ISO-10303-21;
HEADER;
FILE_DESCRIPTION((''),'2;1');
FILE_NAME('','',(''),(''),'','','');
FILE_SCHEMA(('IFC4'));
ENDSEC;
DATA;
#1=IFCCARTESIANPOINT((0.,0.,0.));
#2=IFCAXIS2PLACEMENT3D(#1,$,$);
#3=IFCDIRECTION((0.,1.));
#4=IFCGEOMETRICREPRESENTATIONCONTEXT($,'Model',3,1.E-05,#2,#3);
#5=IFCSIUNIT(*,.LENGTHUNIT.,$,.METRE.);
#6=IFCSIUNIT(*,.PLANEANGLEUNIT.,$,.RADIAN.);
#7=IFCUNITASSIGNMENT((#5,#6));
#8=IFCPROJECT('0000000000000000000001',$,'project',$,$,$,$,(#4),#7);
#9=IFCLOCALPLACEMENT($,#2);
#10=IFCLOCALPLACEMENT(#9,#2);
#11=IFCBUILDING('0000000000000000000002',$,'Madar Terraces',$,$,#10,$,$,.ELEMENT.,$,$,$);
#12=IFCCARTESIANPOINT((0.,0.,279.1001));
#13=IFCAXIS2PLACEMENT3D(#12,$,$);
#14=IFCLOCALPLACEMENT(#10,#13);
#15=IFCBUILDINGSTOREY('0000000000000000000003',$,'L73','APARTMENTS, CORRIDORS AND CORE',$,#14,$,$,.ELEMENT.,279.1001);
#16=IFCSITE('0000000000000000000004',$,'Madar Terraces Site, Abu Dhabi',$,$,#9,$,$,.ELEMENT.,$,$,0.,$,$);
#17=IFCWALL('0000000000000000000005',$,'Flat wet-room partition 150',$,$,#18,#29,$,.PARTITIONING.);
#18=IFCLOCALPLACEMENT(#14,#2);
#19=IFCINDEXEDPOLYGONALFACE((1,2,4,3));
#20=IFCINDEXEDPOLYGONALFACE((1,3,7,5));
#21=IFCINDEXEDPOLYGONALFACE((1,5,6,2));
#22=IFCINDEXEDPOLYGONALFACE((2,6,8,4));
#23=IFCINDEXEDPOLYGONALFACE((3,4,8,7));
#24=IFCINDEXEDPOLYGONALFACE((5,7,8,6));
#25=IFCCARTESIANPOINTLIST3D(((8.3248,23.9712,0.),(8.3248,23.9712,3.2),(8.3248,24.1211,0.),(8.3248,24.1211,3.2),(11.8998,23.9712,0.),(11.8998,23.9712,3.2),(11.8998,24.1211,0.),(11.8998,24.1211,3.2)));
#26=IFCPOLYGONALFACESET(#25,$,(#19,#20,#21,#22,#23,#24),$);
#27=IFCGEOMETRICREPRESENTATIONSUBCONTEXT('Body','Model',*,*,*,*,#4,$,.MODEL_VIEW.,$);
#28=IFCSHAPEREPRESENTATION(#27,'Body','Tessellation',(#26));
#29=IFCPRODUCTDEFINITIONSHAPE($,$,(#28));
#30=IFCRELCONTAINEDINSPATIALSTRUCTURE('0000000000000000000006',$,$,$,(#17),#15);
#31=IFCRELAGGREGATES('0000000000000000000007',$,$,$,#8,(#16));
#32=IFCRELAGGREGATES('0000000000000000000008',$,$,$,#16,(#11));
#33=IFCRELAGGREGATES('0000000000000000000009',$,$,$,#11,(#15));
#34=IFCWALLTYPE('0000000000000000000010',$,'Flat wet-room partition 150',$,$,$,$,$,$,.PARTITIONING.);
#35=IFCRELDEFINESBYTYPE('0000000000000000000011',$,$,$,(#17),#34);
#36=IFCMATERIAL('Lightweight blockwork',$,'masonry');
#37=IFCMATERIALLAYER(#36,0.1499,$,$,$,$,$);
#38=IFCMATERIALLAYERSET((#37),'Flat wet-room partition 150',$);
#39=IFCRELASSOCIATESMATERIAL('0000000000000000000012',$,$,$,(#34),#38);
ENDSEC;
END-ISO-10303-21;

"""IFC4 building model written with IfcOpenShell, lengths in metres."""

from ifc_helpers import new_model, si_unit, direction, frame, frame_2d, origin, place, context, subcontext, project, spatial, rectangle, extrude, material, layer, layer_set, type_object, element, save


model = new_model("IFC4")

# Units and contexts
model_context = context("Model", 3, precision=1e-05, world=origin(), true_north=direction((0.0, 1.0)))
body_context = subcontext(model_context, "Body", "Model", "MODEL_VIEW")
ifc_project = project(units=[si_unit("LENGTHUNIT", "METRE"), si_unit("PLANEANGLEUNIT", "RADIAN")], contexts=[model_context])

# Site, building, storey
site_placement = place(None, origin())
site = spatial("IfcSite", under=ifc_project, at=site_placement, Name="Madar Terraces Site, Abu Dhabi", CompositionType="ELEMENT", RefElevation=0.0)
building_placement = place(site_placement, origin())
building = spatial("IfcBuilding", under=site, at=building_placement, Name="Madar Terraces", CompositionType="ELEMENT")
storey_placement = place(building_placement, frame((0.0, 0.0, 279.1001)))
storey = spatial("IfcBuildingStorey", under=building, at=storey_placement, Name="L73", Description="APARTMENTS, CORRIDORS AND CORE", CompositionType="ELEMENT", Elevation=279.1001)

# Wall
ifc_material_1 = material(Name="Lightweight blockwork", Category="masonry")
ifc_layer_1 = layer(ifc_material_1, 0.1499)
ifc_layer_set_1 = layer_set([ifc_layer_1], Name="Flat wet-room partition 150")
wall_type_1 = type_object("IfcWallType", Name="Flat wet-room partition 150", PredefinedType="PARTITIONING", material=ifc_layer_set_1)
wall_1_placement = place(storey_placement, frame((11.8999, 24.0461, 0.0), z_axis=(0.0, 0.0, 1.0), x_axis=(-1.0, 0.0, 0.0)))
element("IfcWall", 1, at=wall_1_placement, inside=storey, type_object=wall_type_1, Name="Flat wet-room partition 150", PredefinedType="PARTITIONING", context=body_context, shape_type="SweptSolid", body=[
    extrude(rectangle(XDim=3.575, YDim=0.1499, at=frame_2d((1.7876, 0.0))), origin(), (0.0, 0.0, 1.0), 3.2),
])

save(model, "model.ifc")
